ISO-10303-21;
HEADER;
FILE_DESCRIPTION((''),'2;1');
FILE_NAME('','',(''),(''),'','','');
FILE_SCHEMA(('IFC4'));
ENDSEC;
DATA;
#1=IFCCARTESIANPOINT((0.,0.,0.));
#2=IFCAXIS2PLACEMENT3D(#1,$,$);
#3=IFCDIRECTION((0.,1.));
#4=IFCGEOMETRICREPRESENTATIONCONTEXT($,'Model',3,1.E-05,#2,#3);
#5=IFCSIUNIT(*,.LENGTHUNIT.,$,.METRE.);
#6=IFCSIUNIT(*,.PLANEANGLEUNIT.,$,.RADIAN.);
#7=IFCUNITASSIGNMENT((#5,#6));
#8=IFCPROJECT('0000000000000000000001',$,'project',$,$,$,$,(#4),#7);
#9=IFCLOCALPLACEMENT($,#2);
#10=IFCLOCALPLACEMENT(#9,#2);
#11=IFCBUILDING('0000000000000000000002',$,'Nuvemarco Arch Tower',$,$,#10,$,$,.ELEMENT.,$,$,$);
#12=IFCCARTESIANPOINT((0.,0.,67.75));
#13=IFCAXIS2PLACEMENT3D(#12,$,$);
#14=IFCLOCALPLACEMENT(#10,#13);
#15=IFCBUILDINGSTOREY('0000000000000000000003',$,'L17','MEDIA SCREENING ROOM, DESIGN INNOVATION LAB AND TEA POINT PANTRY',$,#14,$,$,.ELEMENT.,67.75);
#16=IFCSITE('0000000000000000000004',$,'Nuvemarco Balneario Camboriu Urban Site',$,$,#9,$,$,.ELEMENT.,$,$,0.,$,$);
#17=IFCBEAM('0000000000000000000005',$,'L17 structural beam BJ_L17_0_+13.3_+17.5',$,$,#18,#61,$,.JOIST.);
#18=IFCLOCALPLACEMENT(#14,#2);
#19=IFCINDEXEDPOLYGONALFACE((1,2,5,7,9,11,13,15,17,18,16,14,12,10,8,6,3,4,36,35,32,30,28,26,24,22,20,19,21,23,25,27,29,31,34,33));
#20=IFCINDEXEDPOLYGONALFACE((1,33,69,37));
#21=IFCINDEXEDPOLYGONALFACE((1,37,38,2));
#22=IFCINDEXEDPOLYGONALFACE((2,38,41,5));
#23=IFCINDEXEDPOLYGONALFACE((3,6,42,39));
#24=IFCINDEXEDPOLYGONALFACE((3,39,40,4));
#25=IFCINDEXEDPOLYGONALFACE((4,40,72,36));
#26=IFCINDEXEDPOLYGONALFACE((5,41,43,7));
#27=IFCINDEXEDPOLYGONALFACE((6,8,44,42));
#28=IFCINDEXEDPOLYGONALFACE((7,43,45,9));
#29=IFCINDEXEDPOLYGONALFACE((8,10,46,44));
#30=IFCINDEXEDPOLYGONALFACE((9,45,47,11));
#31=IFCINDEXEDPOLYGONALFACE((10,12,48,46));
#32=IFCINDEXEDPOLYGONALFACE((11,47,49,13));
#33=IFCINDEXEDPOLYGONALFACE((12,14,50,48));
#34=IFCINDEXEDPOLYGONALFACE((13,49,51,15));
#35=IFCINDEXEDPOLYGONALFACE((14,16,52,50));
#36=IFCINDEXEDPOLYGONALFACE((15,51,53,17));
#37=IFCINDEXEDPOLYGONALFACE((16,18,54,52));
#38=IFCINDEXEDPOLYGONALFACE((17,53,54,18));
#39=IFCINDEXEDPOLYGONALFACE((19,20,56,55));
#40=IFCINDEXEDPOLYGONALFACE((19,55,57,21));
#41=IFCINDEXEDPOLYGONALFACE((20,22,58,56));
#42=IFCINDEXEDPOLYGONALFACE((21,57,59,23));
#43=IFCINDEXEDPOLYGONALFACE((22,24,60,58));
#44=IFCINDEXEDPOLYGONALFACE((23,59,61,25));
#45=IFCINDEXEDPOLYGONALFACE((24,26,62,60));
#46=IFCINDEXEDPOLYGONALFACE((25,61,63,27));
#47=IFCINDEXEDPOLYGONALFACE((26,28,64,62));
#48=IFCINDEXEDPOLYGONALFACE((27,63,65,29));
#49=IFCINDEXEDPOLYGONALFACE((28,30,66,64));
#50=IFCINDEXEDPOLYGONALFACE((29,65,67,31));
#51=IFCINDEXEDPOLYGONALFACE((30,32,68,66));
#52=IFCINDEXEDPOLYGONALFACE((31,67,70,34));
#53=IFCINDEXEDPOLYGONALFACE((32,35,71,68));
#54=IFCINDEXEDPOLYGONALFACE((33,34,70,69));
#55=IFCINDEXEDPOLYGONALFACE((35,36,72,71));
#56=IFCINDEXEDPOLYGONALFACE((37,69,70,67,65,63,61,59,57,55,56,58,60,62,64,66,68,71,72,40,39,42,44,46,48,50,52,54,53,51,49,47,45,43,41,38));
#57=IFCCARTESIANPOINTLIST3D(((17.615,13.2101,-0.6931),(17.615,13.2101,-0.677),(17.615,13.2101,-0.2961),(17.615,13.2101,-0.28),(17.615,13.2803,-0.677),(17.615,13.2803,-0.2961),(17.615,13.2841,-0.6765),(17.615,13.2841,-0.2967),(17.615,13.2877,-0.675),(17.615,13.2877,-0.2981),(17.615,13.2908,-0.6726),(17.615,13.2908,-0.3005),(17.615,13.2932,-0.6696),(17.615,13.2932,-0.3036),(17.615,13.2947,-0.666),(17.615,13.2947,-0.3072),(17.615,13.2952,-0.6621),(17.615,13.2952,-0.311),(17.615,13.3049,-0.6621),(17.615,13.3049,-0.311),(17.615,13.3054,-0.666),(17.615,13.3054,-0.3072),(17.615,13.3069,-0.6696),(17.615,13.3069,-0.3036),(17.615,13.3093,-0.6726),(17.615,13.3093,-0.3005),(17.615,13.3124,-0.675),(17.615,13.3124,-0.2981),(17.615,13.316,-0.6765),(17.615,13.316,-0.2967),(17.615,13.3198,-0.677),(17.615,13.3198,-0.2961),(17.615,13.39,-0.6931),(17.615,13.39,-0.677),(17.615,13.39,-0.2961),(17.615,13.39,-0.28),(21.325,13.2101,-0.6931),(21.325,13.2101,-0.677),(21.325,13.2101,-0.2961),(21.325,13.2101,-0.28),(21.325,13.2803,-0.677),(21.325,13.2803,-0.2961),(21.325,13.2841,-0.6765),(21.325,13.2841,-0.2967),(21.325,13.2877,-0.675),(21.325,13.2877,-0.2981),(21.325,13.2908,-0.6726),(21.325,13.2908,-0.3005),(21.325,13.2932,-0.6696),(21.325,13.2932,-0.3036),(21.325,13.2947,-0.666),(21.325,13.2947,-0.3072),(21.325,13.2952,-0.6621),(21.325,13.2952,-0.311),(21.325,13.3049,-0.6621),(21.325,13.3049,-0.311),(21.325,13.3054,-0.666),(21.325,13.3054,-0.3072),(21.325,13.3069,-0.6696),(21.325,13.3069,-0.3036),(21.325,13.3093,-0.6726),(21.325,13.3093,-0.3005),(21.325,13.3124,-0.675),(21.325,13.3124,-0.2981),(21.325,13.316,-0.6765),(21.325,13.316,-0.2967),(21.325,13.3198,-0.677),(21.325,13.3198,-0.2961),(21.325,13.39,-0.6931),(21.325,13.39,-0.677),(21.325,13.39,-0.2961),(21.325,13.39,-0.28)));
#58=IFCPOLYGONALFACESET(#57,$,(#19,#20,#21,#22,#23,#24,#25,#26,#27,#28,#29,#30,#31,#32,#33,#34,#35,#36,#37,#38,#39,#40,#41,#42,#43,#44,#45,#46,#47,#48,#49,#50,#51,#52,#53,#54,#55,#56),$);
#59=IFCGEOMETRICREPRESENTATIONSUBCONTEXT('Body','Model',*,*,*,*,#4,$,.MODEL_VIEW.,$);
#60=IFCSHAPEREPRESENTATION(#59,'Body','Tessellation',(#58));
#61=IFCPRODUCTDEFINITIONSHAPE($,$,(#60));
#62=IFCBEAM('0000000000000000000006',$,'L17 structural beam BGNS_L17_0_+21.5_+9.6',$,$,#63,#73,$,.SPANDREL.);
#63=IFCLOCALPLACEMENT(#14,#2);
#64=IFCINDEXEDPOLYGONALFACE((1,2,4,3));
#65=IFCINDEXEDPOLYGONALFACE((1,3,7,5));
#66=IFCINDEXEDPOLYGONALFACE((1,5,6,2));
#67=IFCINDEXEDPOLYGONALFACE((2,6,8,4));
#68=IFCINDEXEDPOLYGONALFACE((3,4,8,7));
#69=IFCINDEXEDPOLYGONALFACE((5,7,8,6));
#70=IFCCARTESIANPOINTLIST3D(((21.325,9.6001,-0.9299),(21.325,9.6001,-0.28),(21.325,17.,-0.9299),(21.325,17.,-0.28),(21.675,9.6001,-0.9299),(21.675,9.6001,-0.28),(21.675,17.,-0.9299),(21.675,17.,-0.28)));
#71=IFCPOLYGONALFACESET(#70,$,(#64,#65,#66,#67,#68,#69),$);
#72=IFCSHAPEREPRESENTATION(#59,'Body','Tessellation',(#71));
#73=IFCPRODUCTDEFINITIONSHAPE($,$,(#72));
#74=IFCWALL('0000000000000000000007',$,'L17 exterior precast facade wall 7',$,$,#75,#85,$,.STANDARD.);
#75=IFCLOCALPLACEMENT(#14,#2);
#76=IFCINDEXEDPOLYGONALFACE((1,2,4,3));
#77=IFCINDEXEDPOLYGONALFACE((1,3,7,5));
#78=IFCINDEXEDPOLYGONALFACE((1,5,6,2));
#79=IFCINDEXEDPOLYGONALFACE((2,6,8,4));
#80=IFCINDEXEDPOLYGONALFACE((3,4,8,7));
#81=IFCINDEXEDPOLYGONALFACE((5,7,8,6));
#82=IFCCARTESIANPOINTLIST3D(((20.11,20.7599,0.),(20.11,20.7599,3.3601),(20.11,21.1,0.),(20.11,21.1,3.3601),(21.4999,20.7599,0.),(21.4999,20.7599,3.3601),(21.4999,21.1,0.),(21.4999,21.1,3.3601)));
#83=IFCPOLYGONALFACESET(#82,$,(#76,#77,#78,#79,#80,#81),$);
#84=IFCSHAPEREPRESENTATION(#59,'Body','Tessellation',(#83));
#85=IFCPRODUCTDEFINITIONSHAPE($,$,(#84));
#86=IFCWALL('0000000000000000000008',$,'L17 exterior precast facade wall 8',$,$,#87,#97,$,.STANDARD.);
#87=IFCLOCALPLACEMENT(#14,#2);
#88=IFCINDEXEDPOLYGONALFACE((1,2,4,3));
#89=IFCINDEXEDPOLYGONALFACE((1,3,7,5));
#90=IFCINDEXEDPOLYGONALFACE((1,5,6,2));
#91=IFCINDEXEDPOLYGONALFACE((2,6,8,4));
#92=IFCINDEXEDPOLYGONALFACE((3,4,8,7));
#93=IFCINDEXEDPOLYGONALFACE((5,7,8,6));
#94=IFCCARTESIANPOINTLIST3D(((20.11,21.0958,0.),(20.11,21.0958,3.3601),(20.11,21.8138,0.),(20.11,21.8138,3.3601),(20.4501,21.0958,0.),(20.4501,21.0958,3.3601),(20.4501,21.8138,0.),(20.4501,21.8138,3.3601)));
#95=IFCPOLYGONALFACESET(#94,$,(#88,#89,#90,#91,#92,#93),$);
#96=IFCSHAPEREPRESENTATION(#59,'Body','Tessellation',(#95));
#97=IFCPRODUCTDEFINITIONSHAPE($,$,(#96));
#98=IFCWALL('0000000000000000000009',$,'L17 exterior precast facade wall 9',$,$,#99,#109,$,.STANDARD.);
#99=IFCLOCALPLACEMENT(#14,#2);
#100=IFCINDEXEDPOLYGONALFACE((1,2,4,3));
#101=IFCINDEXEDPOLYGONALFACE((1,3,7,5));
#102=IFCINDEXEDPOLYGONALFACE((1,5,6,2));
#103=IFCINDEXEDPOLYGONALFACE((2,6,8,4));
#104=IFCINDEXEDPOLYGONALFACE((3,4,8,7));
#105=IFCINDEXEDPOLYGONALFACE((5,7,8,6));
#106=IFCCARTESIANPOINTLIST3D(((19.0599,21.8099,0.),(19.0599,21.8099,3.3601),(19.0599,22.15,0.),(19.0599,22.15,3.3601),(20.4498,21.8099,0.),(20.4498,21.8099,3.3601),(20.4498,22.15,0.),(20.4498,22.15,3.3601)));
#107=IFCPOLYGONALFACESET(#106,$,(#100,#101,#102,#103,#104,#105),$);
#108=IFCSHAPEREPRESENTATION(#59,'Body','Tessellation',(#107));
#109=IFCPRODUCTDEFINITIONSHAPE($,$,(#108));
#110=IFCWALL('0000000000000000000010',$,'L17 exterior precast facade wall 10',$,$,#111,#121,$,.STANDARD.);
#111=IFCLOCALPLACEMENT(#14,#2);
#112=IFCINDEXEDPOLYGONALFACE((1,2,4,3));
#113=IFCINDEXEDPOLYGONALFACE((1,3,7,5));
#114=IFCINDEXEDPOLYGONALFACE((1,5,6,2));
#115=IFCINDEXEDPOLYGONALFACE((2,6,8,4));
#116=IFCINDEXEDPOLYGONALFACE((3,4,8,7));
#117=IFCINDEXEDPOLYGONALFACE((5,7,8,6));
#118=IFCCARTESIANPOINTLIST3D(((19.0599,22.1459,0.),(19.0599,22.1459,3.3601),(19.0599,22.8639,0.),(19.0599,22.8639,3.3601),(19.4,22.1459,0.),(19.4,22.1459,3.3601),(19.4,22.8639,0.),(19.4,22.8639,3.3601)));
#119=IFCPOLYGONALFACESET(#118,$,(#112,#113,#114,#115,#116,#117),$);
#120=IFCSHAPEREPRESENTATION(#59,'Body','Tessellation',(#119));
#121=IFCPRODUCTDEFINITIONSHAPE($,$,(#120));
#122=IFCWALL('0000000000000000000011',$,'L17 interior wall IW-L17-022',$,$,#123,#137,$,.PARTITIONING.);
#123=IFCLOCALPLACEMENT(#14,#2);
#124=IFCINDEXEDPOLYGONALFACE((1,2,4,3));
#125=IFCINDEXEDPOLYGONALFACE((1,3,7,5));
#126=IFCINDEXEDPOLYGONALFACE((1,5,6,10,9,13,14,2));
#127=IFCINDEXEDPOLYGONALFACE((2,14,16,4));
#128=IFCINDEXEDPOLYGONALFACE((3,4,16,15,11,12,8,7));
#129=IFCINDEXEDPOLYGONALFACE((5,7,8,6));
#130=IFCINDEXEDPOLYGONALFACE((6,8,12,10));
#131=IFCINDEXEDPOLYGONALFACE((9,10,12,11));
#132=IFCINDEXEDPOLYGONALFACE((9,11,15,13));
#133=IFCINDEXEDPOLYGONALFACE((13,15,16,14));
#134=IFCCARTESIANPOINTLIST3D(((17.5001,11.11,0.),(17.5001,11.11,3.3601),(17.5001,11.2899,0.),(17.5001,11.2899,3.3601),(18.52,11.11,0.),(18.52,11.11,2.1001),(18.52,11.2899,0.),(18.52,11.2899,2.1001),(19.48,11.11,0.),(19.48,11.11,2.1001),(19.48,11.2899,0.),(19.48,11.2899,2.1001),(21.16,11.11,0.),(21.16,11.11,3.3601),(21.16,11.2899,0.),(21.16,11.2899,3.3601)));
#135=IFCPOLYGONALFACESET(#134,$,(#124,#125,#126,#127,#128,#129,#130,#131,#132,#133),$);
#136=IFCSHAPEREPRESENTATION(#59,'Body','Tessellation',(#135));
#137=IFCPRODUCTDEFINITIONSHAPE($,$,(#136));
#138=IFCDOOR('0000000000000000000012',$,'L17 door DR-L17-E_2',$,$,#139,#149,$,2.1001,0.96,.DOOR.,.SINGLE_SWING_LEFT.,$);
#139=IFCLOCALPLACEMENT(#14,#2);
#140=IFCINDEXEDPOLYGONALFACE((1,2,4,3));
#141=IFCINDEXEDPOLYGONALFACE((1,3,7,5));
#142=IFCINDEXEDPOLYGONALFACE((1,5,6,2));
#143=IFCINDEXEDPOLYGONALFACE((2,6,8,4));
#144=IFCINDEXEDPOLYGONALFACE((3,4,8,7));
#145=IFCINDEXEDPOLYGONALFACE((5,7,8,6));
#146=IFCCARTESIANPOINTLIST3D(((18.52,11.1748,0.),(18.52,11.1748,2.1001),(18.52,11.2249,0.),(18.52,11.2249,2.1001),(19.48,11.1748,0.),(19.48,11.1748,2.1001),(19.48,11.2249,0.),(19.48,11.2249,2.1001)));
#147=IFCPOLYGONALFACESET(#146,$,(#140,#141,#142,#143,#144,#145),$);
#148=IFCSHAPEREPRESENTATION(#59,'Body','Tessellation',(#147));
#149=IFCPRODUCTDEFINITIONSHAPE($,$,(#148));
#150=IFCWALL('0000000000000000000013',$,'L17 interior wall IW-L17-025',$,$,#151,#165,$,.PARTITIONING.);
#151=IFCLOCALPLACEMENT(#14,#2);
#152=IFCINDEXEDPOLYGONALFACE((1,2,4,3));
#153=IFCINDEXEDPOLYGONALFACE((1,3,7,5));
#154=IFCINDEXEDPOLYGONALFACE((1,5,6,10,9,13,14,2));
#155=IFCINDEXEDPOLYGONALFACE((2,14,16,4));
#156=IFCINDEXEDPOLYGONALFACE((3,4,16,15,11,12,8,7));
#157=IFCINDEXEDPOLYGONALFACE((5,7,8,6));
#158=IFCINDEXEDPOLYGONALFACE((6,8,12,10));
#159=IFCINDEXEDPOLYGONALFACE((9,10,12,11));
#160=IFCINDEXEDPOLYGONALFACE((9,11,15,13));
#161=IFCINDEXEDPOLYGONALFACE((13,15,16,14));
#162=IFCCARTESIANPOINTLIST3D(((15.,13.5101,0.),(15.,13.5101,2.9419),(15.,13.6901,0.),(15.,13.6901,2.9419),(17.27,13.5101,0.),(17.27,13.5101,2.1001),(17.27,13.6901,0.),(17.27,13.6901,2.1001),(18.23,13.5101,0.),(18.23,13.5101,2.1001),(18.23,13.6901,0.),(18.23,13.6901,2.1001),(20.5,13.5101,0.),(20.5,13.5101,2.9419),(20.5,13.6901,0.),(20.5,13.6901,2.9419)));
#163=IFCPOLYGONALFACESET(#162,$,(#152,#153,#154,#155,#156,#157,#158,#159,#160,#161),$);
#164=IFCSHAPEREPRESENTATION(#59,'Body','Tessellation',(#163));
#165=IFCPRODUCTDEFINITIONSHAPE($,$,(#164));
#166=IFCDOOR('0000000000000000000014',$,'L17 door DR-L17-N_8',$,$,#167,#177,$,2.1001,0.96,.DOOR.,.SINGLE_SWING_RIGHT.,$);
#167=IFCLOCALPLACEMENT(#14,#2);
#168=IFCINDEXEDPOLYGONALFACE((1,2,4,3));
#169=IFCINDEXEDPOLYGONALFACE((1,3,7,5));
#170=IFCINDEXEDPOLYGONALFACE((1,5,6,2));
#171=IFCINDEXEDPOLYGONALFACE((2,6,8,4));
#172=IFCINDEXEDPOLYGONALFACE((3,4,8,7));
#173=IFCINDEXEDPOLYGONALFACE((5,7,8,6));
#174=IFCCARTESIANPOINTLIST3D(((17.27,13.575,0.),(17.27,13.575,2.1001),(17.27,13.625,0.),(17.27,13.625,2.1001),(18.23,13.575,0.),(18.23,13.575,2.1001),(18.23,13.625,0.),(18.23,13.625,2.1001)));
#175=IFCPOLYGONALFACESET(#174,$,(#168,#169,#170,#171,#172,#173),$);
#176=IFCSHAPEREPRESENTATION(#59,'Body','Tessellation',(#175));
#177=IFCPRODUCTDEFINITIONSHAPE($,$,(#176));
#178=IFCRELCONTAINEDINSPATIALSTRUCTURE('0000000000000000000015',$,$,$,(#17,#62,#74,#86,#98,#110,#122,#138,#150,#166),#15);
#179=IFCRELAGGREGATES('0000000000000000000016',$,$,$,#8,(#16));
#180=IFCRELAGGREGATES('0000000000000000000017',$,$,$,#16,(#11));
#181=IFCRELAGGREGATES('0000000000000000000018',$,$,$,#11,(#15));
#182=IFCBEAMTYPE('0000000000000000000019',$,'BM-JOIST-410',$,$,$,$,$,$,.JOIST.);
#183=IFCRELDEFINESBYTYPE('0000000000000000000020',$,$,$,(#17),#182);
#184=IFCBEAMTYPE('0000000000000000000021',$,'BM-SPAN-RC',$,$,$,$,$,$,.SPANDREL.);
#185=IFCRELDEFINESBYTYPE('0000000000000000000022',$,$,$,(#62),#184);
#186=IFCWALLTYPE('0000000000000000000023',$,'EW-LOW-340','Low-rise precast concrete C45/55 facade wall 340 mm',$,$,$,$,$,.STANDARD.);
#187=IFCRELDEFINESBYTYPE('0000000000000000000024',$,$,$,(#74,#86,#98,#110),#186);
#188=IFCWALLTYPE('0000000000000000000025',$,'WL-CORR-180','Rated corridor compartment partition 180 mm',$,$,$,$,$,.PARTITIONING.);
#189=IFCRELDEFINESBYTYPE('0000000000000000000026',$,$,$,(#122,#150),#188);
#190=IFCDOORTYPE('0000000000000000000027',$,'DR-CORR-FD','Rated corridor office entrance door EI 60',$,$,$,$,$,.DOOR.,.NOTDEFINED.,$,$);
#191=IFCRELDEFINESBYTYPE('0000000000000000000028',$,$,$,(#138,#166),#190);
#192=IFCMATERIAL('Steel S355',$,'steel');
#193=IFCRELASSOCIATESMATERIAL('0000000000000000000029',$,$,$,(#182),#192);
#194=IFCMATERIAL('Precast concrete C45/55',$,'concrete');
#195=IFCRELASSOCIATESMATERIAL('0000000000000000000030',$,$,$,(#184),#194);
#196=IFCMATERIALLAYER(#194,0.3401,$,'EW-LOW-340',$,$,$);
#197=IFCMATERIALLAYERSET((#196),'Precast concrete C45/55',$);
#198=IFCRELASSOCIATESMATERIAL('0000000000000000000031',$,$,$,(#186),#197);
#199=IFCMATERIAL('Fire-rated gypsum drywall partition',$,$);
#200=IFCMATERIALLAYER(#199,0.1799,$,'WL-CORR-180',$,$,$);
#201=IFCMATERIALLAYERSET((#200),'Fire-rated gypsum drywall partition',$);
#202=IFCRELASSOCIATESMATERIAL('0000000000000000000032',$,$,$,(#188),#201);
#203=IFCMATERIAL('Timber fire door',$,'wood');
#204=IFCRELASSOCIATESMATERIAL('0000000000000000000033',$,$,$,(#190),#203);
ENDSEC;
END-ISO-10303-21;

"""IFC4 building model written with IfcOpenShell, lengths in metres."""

from ifc_helpers import new_model, si_unit, direction, frame, frame_2d, origin, origin_2d, place, context, subcontext, project, spatial, rectangle, i_section, extrude, source, transform, mapped, material, layer, layer_set, material_profile, profile_set, type_object, type_shapes, element, fill, save


model = new_model("IFC4")

# Units and contexts
model_context = context("Model", 3, precision=1e-05, world=origin(), true_north=direction((0.0, 1.0)))
body_context = subcontext(model_context, "Body", "Model", "MODEL_VIEW")
ifc_project = project(units=[si_unit("LENGTHUNIT", "METRE"), si_unit("PLANEANGLEUNIT", "RADIAN")], contexts=[model_context])

# Site, building, storey
site_placement = place(None, origin())
site = spatial("IfcSite", under=ifc_project, at=site_placement, Name="Nuvemarco Balneario Camboriu Urban Site", CompositionType="ELEMENT", RefElevation=0.0)
building_placement = place(site_placement, origin())
building = spatial("IfcBuilding", under=site, at=building_placement, Name="Nuvemarco Arch Tower", CompositionType="ELEMENT")
storey_placement = place(building_placement, frame((0.0, 0.0, 67.75)))
storey = spatial("IfcBuildingStorey", under=building, at=storey_placement, Name="L17", Description="MEDIA SCREENING ROOM, DESIGN INNOVATION LAB AND TEA POINT PANTRY", CompositionType="ELEMENT", Elevation=67.75)

# Shared definitions
ifc_material_1 = material(Name="Steel S355", Category="steel")

# Beams
ifc_material_profile_1 = material_profile(ifc_material_1, i_section(OverallWidth=0.1799, OverallDepth=0.4131, WebThickness=0.0098, FlangeThickness=0.0161, FilletRadius=0.0149, at=origin_2d()), Name="W410x75")
ifc_profile_set_1 = profile_set([ifc_material_profile_1], Name="Steel S355")
beam_type_1 = type_object("IfcBeamType", Name="BM-JOIST-410", PredefinedType="JOIST", material=ifc_profile_set_1)
beam_1_placement = place(storey_placement, frame((17.615, 13.3, -0.4866), z_axis=(1.0, 0.0, 0.0), x_axis=(0.0, 1.0, 0.0)))
element("IfcBeam", 1, at=beam_1_placement, inside=storey, type_object=beam_type_1, Name="L17 structural beam BJ_L17_0_+13.3_+17.5", PredefinedType="JOIST", context=body_context, shape_type="SweptSolid", body=[
    extrude(i_section(OverallWidth=0.1799, OverallDepth=0.4131, WebThickness=0.0098, FlangeThickness=0.0161, FilletRadius=0.0149, at=origin_2d()), origin(), (0.0, 0.0, 1.0), 3.71),
])
ifc_material_2 = material(Name="Precast concrete C45/55", Category="concrete")
ifc_material_profile_2 = material_profile(ifc_material_2, rectangle(XDim=0.3501, YDim=0.6499, at=origin_2d()), Name="PC-SP-350x650")
ifc_profile_set_2 = profile_set([ifc_material_profile_2], Name="Precast concrete C45/55")
beam_type_2 = type_object("IfcBeamType", Name="BM-SPAN-RC", PredefinedType="SPANDREL", material=ifc_profile_set_2)
beam_2_placement = place(storey_placement, frame((21.5, 9.6001, -0.605), z_axis=(0.0, 1.0, 0.0), x_axis=(-1.0, 0.0, 0.0)))
element("IfcBeam", 2, at=beam_2_placement, inside=storey, type_object=beam_type_2, Name="L17 structural beam BGNS_L17_0_+21.5_+9.6", PredefinedType="SPANDREL", context=body_context, shape_type="SweptSolid", body=[
    extrude(rectangle(XDim=0.3501, YDim=0.6499, at=origin_2d()), origin(), (0.0, 0.0, 1.0), 7.3999),
])

# Walls
ifc_layer_1 = layer(ifc_material_2, 0.3401, Name="EW-LOW-340")
ifc_layer_set_1 = layer_set([ifc_layer_1], Name="Precast concrete C45/55")
wall_type_1 = type_object("IfcWallType", Name="EW-LOW-340", Description="Low-rise precast concrete C45/55 facade wall 340 mm", PredefinedType="STANDARD", material=ifc_layer_set_1)
wall_1_placement = place(storey_placement, frame((20.1101, 20.9299, 0.0), z_axis=(0.0, 0.0, 1.0), x_axis=(1.0, 0.0, 0.0)))
element("IfcWall", 3, at=wall_1_placement, inside=storey, type_object=wall_type_1, Name="L17 exterior precast facade wall 7", PredefinedType="STANDARD", context=body_context, shape_type="SweptSolid", body=[
    extrude(rectangle(XDim=1.3899, YDim=0.3401, at=frame_2d((0.6948, 0.0))), origin(), (0.0, 0.0, 1.0), 3.3601),
])
wall_2_placement = place(storey_placement, frame((20.28, 21.0959, 0.0), z_axis=(0.0, 0.0, 1.0), x_axis=(0.0, 1.0, 0.0)))
element("IfcWall", 4, at=wall_2_placement, inside=storey, type_object=wall_type_1, Name="L17 exterior precast facade wall 8", PredefinedType="STANDARD", context=body_context, shape_type="SweptSolid", body=[
    extrude(rectangle(XDim=0.718, YDim=0.3401, at=frame_2d((0.3589, 0.0))), origin(), (0.0, 0.0, 1.0), 3.3601),
])
wall_3_placement = place(storey_placement, frame((19.0601, 21.98, 0.0), z_axis=(0.0, 0.0, 1.0), x_axis=(1.0, 0.0, 0.0)))
element("IfcWall", 5, at=wall_3_placement, inside=storey, type_object=wall_type_1, Name="L17 exterior precast facade wall 9", PredefinedType="STANDARD", context=body_context, shape_type="SweptSolid", body=[
    extrude(rectangle(XDim=1.3899, YDim=0.3401, at=frame_2d((0.6948, 0.0))), origin(), (0.0, 0.0, 1.0), 3.3601),
])
wall_4_placement = place(storey_placement, frame((19.23, 22.146, 0.0), z_axis=(0.0, 0.0, 1.0), x_axis=(0.0, 1.0, 0.0)))
element("IfcWall", 6, at=wall_4_placement, inside=storey, type_object=wall_type_1, Name="L17 exterior precast facade wall 10", PredefinedType="STANDARD", context=body_context, shape_type="SweptSolid", body=[
    extrude(rectangle(XDim=0.718, YDim=0.3401, at=frame_2d((0.3589, 0.0))), origin(), (0.0, 0.0, 1.0), 3.3601),
])

# Walls, openings, doors
ifc_material_3 = material(Name="Fire-rated gypsum drywall partition")
ifc_layer_2 = layer(ifc_material_3, 0.1799, Name="WL-CORR-180")
ifc_layer_set_2 = layer_set([ifc_layer_2], Name="Fire-rated gypsum drywall partition")
wall_type_2 = type_object("IfcWallType", Name="WL-CORR-180", Description="Rated corridor compartment partition 180 mm", PredefinedType="PARTITIONING", material=ifc_layer_set_2)
wall_5_placement = place(storey_placement, frame((17.5, 11.2, 0.0), z_axis=(0.0, 0.0, 1.0), x_axis=(1.0, 0.0, 0.0)))
wall_5 = element("IfcWall", 7, at=wall_5_placement, inside=storey, type_object=wall_type_2, Name="L17 interior wall IW-L17-022", PredefinedType="PARTITIONING", context=body_context, shape_type="SweptSolid", body=[
    extrude(rectangle(XDim=3.6599, YDim=0.1799, at=frame_2d((1.8301, 0.0))), origin(), (0.0, 0.0, 1.0), 3.3601),
])
opening_1_placement = place(wall_5_placement, frame((1.02, 0.0, 0.0)))
opening_1 = element("IfcOpeningElement", 8, at=opening_1_placement, cuts=wall_5, PredefinedType="OPENING", context=body_context, shape_type="SweptSolid", body=[
    extrude(rectangle(XDim=0.96, YDim=2.1001, at=frame_2d((0.48, 1.05))), frame((0.0, 0.0999, 0.0), z_axis=(0.0, -1.0, 0.0), x_axis=(1.0, 0.0, 0.0)), (0.0, 0.0, 1.0), 0.2),
])
ifc_material_4 = material(Name="Timber fire door", Category="wood")
door_type = type_object("IfcDoorType", Name="DR-CORR-FD", Description="Rated corridor office entrance door EI 60", OperationType="NOTDEFINED", PredefinedType="DOOR", material=ifc_material_4)
shared_shape_1 = source(origin(), body_context, "Body", "SweptSolid", [
    extrude(rectangle(XDim=0.96, YDim=2.1001, at=frame_2d((0.48, 1.05))), frame((0.0, 0.0249, 0.0), z_axis=(0.0, -1.0, 0.0), x_axis=(1.0, 0.0, 0.0)), (0.0, 0.0, 1.0), 0.05),
])
type_shapes(door_type, [shared_shape_1])
door_1_placement = place(opening_1_placement, origin())
door_1 = element("IfcDoor", 9, at=door_1_placement, inside=storey, type_object=door_type, Name="L17 door DR-L17-E_2", OperationType="SINGLE_SWING_LEFT", OverallHeight=2.1001, OverallWidth=0.96, PredefinedType="DOOR", context=body_context, shape_type="MappedRepresentation", body=[
    mapped(shared_shape_1, transform((0.0, 0.0, 0.0), scale=1.0)),
])
fill(opening_1, door_1)
wall_6_placement = place(storey_placement, frame((15.0, 13.6001, 0.0), z_axis=(0.0, 0.0, 1.0), x_axis=(1.0, 0.0, 0.0)))
wall_6 = element("IfcWall", 10, at=wall_6_placement, inside=storey, type_object=wall_type_2, Name="L17 interior wall IW-L17-025", PredefinedType="PARTITIONING", context=body_context, shape_type="SweptSolid", body=[
    extrude(rectangle(XDim=5.5, YDim=0.1799, at=frame_2d((2.75, 0.0))), origin(), (0.0, 0.0, 1.0), 2.9419),
])
opening_2_placement = place(wall_6_placement, frame((2.27, 0.0, 0.0)))
opening_2 = element("IfcOpeningElement", 11, at=opening_2_placement, cuts=wall_6, PredefinedType="OPENING", context=body_context, shape_type="SweptSolid", body=[
    extrude(rectangle(XDim=0.96, YDim=2.1001, at=frame_2d((0.48, 1.05))), frame((0.0, 0.0999, 0.0), z_axis=(0.0, -1.0, 0.0), x_axis=(1.0, 0.0, 0.0)), (0.0, 0.0, 1.0), 0.2),
])
door_2_placement = place(opening_2_placement, origin())
door_2 = element("IfcDoor", 12, at=door_2_placement, inside=storey, type_object=door_type, Name="L17 door DR-L17-N_8", OperationType="SINGLE_SWING_RIGHT", OverallHeight=2.1001, OverallWidth=0.96, PredefinedType="DOOR", context=body_context, shape_type="MappedRepresentation", body=[
    mapped(shared_shape_1, transform((0.0, 0.0, 0.0), scale=1.0)),
])
fill(opening_2, door_2)

save(model, "model.ifc")
